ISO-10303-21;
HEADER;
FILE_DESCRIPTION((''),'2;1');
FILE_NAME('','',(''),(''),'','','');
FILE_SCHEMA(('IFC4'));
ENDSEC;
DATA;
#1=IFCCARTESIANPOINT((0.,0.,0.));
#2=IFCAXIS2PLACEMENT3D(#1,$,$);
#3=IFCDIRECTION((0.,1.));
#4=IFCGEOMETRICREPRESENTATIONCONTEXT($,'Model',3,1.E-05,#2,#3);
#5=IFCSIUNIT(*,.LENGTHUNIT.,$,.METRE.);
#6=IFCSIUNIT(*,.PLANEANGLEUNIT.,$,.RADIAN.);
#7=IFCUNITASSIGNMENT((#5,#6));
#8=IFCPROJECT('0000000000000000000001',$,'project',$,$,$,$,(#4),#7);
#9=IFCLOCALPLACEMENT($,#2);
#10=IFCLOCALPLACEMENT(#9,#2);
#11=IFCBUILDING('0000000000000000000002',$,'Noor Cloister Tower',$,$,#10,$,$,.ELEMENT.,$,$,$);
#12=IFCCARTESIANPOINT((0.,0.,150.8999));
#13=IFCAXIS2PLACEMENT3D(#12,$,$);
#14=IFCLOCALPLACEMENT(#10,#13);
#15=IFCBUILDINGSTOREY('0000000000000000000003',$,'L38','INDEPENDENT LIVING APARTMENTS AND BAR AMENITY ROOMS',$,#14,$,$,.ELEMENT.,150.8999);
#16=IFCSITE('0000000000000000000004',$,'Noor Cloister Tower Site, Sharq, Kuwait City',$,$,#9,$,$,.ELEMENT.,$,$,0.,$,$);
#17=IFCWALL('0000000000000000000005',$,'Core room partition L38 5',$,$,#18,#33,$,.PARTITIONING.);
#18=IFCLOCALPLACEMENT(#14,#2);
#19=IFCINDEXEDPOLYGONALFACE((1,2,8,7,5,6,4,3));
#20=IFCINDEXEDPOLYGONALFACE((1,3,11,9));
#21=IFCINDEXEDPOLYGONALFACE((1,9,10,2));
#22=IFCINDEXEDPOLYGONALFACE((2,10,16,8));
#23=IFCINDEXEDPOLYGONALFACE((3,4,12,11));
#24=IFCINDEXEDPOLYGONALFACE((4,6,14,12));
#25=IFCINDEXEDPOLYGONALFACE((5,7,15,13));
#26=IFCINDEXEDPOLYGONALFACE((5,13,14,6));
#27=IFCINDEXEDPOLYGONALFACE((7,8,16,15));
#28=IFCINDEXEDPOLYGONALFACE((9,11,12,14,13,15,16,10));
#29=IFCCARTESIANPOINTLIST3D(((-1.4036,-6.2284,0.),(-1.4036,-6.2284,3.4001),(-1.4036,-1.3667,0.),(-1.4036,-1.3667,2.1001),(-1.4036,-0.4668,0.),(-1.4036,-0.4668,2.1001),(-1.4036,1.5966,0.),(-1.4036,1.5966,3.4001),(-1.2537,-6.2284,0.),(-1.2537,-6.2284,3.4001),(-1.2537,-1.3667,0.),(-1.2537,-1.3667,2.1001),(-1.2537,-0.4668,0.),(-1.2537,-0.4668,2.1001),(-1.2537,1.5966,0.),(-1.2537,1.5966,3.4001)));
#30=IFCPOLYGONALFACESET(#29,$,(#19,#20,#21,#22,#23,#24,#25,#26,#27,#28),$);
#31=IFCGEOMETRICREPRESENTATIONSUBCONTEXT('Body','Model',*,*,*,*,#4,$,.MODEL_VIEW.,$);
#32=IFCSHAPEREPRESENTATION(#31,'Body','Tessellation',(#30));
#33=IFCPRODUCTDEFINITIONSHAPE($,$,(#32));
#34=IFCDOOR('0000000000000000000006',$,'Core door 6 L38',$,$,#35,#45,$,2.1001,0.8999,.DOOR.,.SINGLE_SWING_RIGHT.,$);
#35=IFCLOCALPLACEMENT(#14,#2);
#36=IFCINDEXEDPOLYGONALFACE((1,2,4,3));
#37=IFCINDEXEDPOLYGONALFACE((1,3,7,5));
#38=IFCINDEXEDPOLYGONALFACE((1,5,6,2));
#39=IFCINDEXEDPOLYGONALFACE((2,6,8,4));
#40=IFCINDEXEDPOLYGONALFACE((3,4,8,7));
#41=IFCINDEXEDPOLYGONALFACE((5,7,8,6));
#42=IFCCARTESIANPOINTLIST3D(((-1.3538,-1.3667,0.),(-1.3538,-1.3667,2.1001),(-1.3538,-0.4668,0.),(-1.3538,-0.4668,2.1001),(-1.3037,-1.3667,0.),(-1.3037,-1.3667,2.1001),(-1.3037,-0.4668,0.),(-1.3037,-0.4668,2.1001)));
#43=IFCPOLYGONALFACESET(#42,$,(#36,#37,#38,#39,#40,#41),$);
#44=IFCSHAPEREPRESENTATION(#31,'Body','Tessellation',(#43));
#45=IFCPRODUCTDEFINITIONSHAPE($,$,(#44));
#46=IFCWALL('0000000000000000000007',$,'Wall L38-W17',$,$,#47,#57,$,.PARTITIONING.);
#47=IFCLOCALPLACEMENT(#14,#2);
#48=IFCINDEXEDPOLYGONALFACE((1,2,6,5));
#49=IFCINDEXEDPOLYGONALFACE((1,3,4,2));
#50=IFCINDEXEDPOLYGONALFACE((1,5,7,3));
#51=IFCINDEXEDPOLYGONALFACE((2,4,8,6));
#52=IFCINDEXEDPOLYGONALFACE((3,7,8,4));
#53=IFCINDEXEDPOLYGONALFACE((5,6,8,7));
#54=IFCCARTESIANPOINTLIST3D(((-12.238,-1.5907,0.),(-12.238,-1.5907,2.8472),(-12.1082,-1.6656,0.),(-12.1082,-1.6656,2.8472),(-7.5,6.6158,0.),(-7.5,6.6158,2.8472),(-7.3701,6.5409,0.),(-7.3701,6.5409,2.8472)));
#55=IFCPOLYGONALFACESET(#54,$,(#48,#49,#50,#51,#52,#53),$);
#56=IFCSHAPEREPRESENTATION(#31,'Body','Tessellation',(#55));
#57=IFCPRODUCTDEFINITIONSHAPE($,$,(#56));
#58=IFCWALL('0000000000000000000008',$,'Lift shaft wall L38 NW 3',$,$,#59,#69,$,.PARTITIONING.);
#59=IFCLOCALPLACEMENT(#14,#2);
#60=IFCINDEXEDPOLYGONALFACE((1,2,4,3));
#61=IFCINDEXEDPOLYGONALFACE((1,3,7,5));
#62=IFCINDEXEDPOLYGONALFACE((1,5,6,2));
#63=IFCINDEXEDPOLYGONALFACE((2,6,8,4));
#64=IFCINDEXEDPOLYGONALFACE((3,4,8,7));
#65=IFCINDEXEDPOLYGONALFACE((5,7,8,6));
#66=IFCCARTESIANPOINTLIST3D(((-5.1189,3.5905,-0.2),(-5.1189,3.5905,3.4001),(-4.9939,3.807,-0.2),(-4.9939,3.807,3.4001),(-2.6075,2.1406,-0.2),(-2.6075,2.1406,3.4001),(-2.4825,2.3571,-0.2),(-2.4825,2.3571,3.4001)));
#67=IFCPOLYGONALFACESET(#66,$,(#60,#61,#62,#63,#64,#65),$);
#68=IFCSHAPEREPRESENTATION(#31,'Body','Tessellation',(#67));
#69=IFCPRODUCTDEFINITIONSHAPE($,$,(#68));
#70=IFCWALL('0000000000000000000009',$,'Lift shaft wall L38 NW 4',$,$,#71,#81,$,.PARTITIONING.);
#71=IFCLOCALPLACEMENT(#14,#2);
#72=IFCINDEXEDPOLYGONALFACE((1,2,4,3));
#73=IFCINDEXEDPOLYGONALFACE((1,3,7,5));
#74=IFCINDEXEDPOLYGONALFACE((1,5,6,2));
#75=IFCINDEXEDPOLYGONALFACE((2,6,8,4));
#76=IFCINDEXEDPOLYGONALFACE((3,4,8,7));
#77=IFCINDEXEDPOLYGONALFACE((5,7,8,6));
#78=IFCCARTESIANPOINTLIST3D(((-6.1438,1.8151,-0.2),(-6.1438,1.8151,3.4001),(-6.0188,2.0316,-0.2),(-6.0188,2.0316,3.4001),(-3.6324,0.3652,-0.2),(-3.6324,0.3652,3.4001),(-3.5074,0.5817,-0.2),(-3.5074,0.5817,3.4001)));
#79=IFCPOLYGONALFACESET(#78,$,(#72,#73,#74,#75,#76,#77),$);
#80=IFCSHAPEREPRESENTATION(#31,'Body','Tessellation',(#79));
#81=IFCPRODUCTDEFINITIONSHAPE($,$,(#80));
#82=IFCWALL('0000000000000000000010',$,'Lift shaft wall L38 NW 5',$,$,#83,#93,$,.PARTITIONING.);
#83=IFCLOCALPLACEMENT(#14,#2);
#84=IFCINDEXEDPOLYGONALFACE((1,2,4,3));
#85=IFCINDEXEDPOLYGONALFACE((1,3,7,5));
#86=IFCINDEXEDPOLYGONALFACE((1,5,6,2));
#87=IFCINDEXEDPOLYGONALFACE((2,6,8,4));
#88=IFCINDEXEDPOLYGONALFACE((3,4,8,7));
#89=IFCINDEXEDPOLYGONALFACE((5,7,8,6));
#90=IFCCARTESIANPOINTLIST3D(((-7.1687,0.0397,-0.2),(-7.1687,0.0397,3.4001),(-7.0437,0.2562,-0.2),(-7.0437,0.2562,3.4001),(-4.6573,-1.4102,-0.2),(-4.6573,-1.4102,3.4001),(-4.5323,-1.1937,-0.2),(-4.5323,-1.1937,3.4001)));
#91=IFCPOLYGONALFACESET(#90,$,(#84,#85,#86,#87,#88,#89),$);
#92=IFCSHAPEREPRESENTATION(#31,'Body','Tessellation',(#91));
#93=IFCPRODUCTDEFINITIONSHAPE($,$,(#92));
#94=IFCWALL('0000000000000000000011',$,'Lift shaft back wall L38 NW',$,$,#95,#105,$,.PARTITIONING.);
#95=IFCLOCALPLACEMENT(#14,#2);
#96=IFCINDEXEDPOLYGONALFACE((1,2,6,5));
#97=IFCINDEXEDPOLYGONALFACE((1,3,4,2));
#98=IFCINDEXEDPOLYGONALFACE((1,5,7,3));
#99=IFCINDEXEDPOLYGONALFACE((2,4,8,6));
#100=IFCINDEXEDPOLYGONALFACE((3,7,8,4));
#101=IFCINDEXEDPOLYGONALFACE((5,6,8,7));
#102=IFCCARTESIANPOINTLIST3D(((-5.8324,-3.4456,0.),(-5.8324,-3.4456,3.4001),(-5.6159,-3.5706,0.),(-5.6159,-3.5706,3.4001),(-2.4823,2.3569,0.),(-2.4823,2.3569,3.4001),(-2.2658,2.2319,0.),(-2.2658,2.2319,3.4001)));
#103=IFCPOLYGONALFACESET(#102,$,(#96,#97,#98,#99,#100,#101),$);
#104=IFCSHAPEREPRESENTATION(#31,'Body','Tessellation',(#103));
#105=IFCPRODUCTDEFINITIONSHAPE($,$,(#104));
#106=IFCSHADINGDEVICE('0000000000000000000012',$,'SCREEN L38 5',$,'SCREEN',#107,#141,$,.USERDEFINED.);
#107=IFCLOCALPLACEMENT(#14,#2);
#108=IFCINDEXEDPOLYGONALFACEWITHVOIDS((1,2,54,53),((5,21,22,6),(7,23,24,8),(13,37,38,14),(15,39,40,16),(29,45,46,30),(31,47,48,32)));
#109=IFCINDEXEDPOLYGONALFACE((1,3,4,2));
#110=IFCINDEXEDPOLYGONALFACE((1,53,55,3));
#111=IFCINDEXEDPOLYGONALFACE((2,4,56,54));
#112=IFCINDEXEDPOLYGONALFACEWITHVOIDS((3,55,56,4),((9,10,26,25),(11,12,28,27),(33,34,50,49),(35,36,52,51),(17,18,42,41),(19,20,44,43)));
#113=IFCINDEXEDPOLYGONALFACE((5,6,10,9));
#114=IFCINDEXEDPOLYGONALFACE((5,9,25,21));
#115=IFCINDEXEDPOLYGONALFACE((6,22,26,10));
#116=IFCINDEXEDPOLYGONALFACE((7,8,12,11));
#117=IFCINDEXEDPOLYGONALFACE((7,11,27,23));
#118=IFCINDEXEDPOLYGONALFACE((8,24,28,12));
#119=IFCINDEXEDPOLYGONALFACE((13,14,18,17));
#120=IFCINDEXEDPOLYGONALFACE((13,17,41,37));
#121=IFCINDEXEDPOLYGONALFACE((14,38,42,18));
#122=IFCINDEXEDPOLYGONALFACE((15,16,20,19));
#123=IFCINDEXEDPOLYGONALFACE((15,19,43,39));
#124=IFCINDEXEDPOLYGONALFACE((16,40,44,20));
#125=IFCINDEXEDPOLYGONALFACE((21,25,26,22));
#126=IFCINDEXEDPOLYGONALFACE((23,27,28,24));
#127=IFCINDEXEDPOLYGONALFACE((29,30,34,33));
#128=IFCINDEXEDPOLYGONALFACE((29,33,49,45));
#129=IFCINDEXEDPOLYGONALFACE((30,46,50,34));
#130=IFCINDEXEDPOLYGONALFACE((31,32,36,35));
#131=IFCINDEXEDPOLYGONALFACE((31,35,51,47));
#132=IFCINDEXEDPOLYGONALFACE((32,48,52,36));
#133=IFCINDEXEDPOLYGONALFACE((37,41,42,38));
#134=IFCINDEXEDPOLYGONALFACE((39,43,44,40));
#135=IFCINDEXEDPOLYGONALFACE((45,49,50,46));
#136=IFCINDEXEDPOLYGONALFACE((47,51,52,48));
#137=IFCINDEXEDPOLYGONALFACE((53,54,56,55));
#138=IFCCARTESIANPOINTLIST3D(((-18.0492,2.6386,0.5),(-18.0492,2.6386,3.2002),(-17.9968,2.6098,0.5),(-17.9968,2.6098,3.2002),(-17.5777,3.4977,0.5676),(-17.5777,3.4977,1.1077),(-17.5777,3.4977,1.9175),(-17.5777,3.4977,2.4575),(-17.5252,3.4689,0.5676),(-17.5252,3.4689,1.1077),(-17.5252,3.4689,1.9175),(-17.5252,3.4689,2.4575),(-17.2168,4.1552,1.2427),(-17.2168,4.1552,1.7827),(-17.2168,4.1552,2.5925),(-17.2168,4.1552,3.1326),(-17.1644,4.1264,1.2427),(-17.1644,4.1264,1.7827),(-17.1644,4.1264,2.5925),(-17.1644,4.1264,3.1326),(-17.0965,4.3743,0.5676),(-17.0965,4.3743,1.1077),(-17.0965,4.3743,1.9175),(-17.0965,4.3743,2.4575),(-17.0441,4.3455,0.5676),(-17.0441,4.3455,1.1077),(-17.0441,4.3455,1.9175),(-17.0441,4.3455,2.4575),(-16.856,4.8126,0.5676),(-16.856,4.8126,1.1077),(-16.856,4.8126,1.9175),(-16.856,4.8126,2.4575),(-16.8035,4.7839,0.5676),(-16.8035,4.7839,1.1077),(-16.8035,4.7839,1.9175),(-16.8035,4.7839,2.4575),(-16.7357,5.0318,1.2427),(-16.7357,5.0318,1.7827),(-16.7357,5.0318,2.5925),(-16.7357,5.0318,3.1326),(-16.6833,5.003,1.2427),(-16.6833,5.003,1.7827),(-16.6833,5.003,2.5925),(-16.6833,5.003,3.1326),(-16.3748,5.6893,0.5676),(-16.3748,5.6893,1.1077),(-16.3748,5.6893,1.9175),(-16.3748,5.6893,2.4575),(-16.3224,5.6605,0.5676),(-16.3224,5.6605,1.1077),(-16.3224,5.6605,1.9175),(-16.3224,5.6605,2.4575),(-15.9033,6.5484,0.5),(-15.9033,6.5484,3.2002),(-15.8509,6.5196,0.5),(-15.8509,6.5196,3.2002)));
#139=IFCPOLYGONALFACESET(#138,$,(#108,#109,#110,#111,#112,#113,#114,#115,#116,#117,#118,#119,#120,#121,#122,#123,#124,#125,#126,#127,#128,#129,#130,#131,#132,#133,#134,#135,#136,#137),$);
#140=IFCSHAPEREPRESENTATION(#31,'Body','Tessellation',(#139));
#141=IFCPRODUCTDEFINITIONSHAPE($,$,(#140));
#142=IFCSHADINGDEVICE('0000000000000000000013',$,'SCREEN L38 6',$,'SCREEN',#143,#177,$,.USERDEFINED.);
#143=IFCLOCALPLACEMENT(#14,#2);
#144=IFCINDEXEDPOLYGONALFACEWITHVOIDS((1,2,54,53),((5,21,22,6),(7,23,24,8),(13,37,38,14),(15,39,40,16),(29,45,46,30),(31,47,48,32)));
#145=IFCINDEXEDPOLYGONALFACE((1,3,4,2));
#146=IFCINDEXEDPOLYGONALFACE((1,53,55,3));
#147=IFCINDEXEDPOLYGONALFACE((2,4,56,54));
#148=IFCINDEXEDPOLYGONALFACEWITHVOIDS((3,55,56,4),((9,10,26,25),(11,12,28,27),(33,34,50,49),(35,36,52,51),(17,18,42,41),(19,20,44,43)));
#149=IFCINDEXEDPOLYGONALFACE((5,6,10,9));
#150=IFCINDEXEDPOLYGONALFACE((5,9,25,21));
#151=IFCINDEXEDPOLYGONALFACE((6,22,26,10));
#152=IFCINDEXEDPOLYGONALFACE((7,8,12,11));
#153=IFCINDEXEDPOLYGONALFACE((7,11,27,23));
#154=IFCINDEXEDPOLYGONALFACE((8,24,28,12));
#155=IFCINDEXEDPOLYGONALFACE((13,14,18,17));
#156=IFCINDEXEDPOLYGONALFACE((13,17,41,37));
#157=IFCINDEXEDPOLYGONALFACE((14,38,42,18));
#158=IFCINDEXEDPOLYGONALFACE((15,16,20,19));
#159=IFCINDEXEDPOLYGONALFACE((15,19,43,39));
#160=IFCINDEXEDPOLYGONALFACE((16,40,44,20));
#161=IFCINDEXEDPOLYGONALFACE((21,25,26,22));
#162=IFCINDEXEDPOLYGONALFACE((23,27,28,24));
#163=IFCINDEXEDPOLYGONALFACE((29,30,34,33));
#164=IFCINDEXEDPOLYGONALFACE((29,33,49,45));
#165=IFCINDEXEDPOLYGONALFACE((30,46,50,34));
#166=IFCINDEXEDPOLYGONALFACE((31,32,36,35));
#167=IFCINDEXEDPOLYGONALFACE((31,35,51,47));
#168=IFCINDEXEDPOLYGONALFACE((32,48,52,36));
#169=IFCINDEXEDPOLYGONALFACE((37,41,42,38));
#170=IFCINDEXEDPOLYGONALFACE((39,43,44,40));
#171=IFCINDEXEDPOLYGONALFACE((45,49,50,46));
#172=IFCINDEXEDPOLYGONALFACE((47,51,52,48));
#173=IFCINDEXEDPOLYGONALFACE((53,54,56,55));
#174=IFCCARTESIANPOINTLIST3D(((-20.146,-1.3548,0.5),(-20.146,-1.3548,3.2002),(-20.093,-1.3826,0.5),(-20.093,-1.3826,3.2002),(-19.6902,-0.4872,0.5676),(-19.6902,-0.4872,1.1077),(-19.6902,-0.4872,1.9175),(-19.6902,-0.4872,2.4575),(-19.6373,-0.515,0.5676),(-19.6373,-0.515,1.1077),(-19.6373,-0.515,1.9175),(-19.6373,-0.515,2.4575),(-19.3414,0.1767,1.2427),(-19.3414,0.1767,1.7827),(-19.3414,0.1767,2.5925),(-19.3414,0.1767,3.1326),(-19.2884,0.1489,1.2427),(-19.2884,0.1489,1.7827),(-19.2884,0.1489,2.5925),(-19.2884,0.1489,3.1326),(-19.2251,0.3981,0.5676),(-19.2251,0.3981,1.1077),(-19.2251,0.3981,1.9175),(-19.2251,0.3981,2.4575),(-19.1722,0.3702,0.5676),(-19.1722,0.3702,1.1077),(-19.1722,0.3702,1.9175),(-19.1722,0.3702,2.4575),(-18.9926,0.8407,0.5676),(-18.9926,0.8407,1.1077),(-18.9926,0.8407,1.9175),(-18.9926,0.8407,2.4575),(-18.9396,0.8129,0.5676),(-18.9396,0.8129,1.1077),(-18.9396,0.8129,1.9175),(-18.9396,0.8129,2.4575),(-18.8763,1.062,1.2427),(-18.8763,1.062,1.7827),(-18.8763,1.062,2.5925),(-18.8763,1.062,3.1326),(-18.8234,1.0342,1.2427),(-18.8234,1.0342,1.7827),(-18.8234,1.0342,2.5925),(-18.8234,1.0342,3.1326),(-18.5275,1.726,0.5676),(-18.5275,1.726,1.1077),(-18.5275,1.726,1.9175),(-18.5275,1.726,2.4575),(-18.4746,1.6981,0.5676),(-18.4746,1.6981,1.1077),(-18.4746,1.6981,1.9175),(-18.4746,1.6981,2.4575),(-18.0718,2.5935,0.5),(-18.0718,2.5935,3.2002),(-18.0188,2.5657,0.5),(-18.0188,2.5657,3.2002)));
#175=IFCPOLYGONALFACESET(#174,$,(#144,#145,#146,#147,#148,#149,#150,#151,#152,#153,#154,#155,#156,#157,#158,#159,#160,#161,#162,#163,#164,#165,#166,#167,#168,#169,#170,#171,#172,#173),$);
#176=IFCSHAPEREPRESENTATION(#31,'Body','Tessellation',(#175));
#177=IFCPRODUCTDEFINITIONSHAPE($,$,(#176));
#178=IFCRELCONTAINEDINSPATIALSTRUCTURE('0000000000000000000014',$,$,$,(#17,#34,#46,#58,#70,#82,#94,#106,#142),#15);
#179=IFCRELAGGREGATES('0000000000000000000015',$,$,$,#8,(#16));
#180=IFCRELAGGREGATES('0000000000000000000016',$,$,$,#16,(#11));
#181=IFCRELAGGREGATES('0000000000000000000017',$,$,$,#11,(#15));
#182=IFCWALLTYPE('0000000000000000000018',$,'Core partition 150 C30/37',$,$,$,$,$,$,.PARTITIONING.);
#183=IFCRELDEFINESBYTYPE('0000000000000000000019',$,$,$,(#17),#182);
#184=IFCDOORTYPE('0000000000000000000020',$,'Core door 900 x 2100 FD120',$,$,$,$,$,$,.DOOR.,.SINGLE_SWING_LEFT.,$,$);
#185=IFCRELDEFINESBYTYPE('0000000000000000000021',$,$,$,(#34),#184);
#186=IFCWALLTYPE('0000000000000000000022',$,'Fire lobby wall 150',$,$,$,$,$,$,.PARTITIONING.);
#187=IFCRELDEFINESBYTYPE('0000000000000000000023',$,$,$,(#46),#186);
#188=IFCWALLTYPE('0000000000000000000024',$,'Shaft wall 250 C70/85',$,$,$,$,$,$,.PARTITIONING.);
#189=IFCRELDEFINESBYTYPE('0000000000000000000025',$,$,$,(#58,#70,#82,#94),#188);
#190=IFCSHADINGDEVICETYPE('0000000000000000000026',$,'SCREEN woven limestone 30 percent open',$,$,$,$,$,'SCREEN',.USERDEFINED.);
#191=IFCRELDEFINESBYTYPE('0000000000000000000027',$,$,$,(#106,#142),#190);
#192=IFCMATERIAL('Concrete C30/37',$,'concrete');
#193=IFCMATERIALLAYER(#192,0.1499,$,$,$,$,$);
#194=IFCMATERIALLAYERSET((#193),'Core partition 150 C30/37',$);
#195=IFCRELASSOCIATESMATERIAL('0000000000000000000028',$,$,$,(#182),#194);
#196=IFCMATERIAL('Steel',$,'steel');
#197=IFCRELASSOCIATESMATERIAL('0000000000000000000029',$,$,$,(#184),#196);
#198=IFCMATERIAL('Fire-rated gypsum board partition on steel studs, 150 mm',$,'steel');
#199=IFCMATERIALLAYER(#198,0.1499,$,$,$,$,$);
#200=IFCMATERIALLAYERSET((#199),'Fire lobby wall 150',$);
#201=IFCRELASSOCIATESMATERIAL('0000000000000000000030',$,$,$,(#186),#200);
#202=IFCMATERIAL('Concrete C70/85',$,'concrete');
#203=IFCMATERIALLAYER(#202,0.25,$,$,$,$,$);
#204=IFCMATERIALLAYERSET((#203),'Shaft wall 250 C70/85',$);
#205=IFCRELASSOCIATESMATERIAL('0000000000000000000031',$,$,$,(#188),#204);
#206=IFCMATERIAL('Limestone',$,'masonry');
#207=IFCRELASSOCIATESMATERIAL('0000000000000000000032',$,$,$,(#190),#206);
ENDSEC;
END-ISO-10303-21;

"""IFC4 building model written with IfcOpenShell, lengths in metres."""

from ifc_helpers import new_model, si_unit, direction, frame, frame_2d, origin, place, context, subcontext, project, spatial, polyline, rectangle, outline, extrude, material, layer, layer_set, material_profile, profile_set, type_object, element, fill, save


model = new_model("IFC4")

# Units and contexts
model_context = context("Model", 3, precision=1e-05, world=origin(), true_north=direction((0.0, 1.0)))
body_context = subcontext(model_context, "Body", "Model", "MODEL_VIEW")
ifc_project = project(units=[si_unit("LENGTHUNIT", "METRE"), si_unit("PLANEANGLEUNIT", "RADIAN")], contexts=[model_context])

# Site, building, storey
site_placement = place(None, origin())
site = spatial("IfcSite", under=ifc_project, at=site_placement, Name="Noor Cloister Tower Site, Sharq, Kuwait City", CompositionType="ELEMENT", RefElevation=0.0)
building_placement = place(site_placement, origin())
building = spatial("IfcBuilding", under=site, at=building_placement, Name="Noor Cloister Tower", CompositionType="ELEMENT")
storey_placement = place(building_placement, frame((0.0, 0.0, 150.8999)))
storey = spatial("IfcBuildingStorey", under=building, at=storey_placement, Name="L38", Description="INDEPENDENT LIVING APARTMENTS AND BAR AMENITY ROOMS", CompositionType="ELEMENT", Elevation=150.8999)

# Shared definitions
ifc_material_1 = material(Name="Concrete C30/37", Category="concrete")
ifc_layer_1 = layer(ifc_material_1, 0.1499)
ifc_layer_set_1 = layer_set([ifc_layer_1], Name="Core partition 150 C30/37")
wall_type_1 = type_object("IfcWallType", Name="Core partition 150 C30/37", PredefinedType="PARTITIONING", material=ifc_layer_set_1)
ifc_material_2 = material(Name="Steel", Category="steel")
door_type = type_object("IfcDoorType", Name="Core door 900 x 2100 FD120", OperationType="SINGLE_SWING_LEFT", PredefinedType="DOOR", material=ifc_material_2)

# Wall, opening, door
wall_1_placement = place(storey_placement, frame((-1.3286, 1.5967, 0.0), z_axis=(0.0, 0.0, 1.0), x_axis=(0.0, -1.0, 0.0)))
wall_1 = element("IfcWall", 1, at=wall_1_placement, inside=storey, type_object=wall_type_1, Name="Core room partition L38 5", PredefinedType="PARTITIONING", context=body_context, shape_type="SweptSolid", body=[
    extrude(rectangle(XDim=7.825, YDim=0.1499, at=frame_2d((3.9126, 0.0))), origin(), (0.0, 0.0, 1.0), 3.4001),
])
opening_1_placement = place(wall_1_placement, frame((2.0635, 0.0, 0.0)))
opening_1 = element("IfcOpeningElement", 2, at=opening_1_placement, cuts=wall_1, PredefinedType="OPENING", context=body_context, shape_type="SweptSolid", body=[
    extrude(rectangle(XDim=0.8999, YDim=2.1001, at=frame_2d((0.45, 1.05))), frame((0.0, 0.085, 0.0), z_axis=(0.0, -1.0, 0.0), x_axis=(1.0, 0.0, 0.0)), (0.0, 0.0, 1.0), 0.1699),
])
door_1_placement = place(opening_1_placement, origin())
door_1 = element("IfcDoor", 3, at=door_1_placement, inside=storey, type_object=door_type, Name="Core door 6 L38", OperationType="SINGLE_SWING_RIGHT", OverallHeight=2.1001, OverallWidth=0.8999, PredefinedType="DOOR", context=body_context, shape_type="SweptSolid", body=[
    extrude(rectangle(XDim=0.8999, YDim=2.1001, at=frame_2d((0.45, 1.05))), frame((0.0, 0.0249, 0.0), z_axis=(0.0, -1.0, 0.0), x_axis=(1.0, 0.0, 0.0)), (0.0, 0.0, 1.0), 0.05),
])
fill(opening_1, door_1)

# Walls
ifc_material_3 = material(Name="Fire-rated gypsum board partition on steel studs, 150 mm", Category="steel")
ifc_layer_2 = layer(ifc_material_3, 0.1499)
ifc_layer_set_2 = layer_set([ifc_layer_2], Name="Fire lobby wall 150")
wall_type_2 = type_object("IfcWallType", Name="Fire lobby wall 150", PredefinedType="PARTITIONING", material=ifc_layer_set_2)
wall_2_placement = place(storey_placement, frame((-7.4351, 6.5784, 0.0), z_axis=(0.0, 0.0, 1.0), x_axis=(-0.499999, -0.866026, 0.0)))
element("IfcWall", 4, at=wall_2_placement, inside=storey, type_object=wall_type_2, Name="Wall L38-W17", PredefinedType="PARTITIONING", context=body_context, shape_type="SweptSolid", body=[
    extrude(rectangle(XDim=9.4761, YDim=0.1499, at=frame_2d((4.738, 0.0))), origin(), (0.0, 0.0, 1.0), 2.8472),
])
ifc_material_4 = material(Name="Concrete C70/85", Category="concrete")
ifc_layer_3 = layer(ifc_material_4, 0.25)
ifc_layer_set_3 = layer_set([ifc_layer_3], Name="Shaft wall 250 C70/85")
wall_type_3 = type_object("IfcWallType", Name="Shaft wall 250 C70/85", PredefinedType="PARTITIONING", material=ifc_layer_set_3)
for number, where, z_axis, x_axis, name in (
    (5, (-5.0564, 3.6987, -0.2), (0.0, 0.0, 1.0), (0.866033, -0.499987, 0.0), "Lift shaft wall L38 NW 3"),
    (6, (-6.0813, 1.9233, -0.2), (0.0, 0.0, 1.0), (0.866033, -0.499987, 0.0), "Lift shaft wall L38 NW 4"),
    (7, (-7.1062, 0.1479, -0.2), (0.0, 0.0, 1.0), (0.866033, -0.499987, 0.0), "Lift shaft wall L38 NW 5"),
):
    element("IfcWall", number, at=place(storey_placement, frame(where, z_axis=z_axis, x_axis=x_axis)), inside=storey, type_object=wall_type_3, Name=name, PredefinedType="PARTITIONING", context=body_context, shape_type="SweptSolid", body=[
        extrude(rectangle(XDim=2.8999, YDim=0.25, at=frame_2d((1.45, 0.0))), origin(), (0.0, 0.0, 1.0), 3.6001),
    ])
wall_3_placement = place(storey_placement, frame((-2.374, 2.2944, 0.0), z_axis=(0.0, 0.0, 1.0), x_axis=(-0.500003, -0.866024, 0.0)))
element("IfcWall", 8, at=wall_3_placement, inside=storey, type_object=wall_type_3, Name="Lift shaft back wall L38 NW", PredefinedType="PARTITIONING", context=body_context, shape_type="SweptSolid", body=[
    extrude(rectangle(XDim=6.7002, YDim=0.25, at=frame_2d((3.3501, 0.0))), origin(), (0.0, 0.0, 1.0), 3.4001),
])

# Shading devices
ifc_material_5 = material(Name="Limestone", Category="masonry")
ifc_material_profile_1 = material_profile(ifc_material_5, outline(polyline([(-2.23, -1.3501), (2.23, -1.3501), (2.23, 1.3501), (-2.23, 1.3501), (-2.23, -1.3501)]), holes=[polyline([(-1.25, -1.2825), (-0.25, -1.2825), (-0.25, -0.7424), (-1.25, -0.7424), (-1.25, -1.2825)]), polyline([(0.25, -1.2825), (1.25, -1.2825), (1.25, -0.7424), (0.25, -0.7424), (0.25, -1.2825)]), polyline([(-0.5, -0.6074), (0.5, -0.6074), (0.5, -0.0674), (-0.5, -0.0674), (-0.5, -0.6074)]), polyline([(-1.25, 0.0674), (-0.25, 0.0674), (-0.25, 0.6074), (-1.25, 0.6074), (-1.25, 0.0674)]), polyline([(0.25, 0.0674), (1.25, 0.0674), (1.25, 0.6074), (0.25, 0.6074), (0.25, 0.0674)]), polyline([(-0.5, 0.7424), (0.5, 0.7424), (0.5, 1.2825), (-0.5, 1.2825), (-0.5, 0.7424)])]), Name="Woven screen 30 percent open")
ifc_profile_set_1 = profile_set([ifc_material_profile_1], Name="Limestone")
shading_device_type = type_object("IfcShadingDeviceType", Name="SCREEN woven limestone 30 percent open", ElementType="SCREEN", PredefinedType="USERDEFINED", material=ifc_profile_set_1)
for number, where, z_axis, x_axis, name in (
    (9, (-16.9238, 4.5647, 1.8501), (-0.876646, 0.481136, 0.0), (-0.481136, -0.876646, 0.0), "SCREEN L38 5"),
    (10, (-19.0559, 0.5916, 1.8501), (-0.885272, 0.465074, 0.0), (-0.465074, -0.885272, 0.0), "SCREEN L38 6"),
):
    element("IfcShadingDevice", number, at=place(storey_placement, frame(where, z_axis=z_axis, x_axis=x_axis)), inside=storey, type_object=shading_device_type, Name=name, ObjectType="SCREEN", PredefinedType="USERDEFINED", context=body_context, shape_type="SweptSolid", body=[
        extrude(outline(polyline([(-2.23, -1.3501), (2.23, -1.3501), (2.23, 1.3501), (-2.23, 1.3501), (-2.23, -1.3501)]), holes=[polyline([(-1.25, -1.2825), (-0.25, -1.2825), (-0.25, -0.7424), (-1.25, -0.7424), (-1.25, -1.2825)]), polyline([(0.25, -1.2825), (1.25, -1.2825), (1.25, -0.7424), (0.25, -0.7424), (0.25, -1.2825)]), polyline([(-0.5, -0.6074), (0.5, -0.6074), (0.5, -0.0674), (-0.5, -0.0674), (-0.5, -0.6074)]), polyline([(-1.25, 0.0674), (-0.25, 0.0674), (-0.25, 0.6074), (-1.25, 0.6074), (-1.25, 0.0674)]), polyline([(0.25, 0.0674), (1.25, 0.0674), (1.25, 0.6074), (0.25, 0.6074), (0.25, 0.0674)]), polyline([(-0.5, 0.7424), (0.5, 0.7424), (0.5, 1.2825), (-0.5, 1.2825), (-0.5, 0.7424)])]), origin(), (0.0, 0.0, 1.0), 0.0598),
    ])

save(model, "model.ifc")
